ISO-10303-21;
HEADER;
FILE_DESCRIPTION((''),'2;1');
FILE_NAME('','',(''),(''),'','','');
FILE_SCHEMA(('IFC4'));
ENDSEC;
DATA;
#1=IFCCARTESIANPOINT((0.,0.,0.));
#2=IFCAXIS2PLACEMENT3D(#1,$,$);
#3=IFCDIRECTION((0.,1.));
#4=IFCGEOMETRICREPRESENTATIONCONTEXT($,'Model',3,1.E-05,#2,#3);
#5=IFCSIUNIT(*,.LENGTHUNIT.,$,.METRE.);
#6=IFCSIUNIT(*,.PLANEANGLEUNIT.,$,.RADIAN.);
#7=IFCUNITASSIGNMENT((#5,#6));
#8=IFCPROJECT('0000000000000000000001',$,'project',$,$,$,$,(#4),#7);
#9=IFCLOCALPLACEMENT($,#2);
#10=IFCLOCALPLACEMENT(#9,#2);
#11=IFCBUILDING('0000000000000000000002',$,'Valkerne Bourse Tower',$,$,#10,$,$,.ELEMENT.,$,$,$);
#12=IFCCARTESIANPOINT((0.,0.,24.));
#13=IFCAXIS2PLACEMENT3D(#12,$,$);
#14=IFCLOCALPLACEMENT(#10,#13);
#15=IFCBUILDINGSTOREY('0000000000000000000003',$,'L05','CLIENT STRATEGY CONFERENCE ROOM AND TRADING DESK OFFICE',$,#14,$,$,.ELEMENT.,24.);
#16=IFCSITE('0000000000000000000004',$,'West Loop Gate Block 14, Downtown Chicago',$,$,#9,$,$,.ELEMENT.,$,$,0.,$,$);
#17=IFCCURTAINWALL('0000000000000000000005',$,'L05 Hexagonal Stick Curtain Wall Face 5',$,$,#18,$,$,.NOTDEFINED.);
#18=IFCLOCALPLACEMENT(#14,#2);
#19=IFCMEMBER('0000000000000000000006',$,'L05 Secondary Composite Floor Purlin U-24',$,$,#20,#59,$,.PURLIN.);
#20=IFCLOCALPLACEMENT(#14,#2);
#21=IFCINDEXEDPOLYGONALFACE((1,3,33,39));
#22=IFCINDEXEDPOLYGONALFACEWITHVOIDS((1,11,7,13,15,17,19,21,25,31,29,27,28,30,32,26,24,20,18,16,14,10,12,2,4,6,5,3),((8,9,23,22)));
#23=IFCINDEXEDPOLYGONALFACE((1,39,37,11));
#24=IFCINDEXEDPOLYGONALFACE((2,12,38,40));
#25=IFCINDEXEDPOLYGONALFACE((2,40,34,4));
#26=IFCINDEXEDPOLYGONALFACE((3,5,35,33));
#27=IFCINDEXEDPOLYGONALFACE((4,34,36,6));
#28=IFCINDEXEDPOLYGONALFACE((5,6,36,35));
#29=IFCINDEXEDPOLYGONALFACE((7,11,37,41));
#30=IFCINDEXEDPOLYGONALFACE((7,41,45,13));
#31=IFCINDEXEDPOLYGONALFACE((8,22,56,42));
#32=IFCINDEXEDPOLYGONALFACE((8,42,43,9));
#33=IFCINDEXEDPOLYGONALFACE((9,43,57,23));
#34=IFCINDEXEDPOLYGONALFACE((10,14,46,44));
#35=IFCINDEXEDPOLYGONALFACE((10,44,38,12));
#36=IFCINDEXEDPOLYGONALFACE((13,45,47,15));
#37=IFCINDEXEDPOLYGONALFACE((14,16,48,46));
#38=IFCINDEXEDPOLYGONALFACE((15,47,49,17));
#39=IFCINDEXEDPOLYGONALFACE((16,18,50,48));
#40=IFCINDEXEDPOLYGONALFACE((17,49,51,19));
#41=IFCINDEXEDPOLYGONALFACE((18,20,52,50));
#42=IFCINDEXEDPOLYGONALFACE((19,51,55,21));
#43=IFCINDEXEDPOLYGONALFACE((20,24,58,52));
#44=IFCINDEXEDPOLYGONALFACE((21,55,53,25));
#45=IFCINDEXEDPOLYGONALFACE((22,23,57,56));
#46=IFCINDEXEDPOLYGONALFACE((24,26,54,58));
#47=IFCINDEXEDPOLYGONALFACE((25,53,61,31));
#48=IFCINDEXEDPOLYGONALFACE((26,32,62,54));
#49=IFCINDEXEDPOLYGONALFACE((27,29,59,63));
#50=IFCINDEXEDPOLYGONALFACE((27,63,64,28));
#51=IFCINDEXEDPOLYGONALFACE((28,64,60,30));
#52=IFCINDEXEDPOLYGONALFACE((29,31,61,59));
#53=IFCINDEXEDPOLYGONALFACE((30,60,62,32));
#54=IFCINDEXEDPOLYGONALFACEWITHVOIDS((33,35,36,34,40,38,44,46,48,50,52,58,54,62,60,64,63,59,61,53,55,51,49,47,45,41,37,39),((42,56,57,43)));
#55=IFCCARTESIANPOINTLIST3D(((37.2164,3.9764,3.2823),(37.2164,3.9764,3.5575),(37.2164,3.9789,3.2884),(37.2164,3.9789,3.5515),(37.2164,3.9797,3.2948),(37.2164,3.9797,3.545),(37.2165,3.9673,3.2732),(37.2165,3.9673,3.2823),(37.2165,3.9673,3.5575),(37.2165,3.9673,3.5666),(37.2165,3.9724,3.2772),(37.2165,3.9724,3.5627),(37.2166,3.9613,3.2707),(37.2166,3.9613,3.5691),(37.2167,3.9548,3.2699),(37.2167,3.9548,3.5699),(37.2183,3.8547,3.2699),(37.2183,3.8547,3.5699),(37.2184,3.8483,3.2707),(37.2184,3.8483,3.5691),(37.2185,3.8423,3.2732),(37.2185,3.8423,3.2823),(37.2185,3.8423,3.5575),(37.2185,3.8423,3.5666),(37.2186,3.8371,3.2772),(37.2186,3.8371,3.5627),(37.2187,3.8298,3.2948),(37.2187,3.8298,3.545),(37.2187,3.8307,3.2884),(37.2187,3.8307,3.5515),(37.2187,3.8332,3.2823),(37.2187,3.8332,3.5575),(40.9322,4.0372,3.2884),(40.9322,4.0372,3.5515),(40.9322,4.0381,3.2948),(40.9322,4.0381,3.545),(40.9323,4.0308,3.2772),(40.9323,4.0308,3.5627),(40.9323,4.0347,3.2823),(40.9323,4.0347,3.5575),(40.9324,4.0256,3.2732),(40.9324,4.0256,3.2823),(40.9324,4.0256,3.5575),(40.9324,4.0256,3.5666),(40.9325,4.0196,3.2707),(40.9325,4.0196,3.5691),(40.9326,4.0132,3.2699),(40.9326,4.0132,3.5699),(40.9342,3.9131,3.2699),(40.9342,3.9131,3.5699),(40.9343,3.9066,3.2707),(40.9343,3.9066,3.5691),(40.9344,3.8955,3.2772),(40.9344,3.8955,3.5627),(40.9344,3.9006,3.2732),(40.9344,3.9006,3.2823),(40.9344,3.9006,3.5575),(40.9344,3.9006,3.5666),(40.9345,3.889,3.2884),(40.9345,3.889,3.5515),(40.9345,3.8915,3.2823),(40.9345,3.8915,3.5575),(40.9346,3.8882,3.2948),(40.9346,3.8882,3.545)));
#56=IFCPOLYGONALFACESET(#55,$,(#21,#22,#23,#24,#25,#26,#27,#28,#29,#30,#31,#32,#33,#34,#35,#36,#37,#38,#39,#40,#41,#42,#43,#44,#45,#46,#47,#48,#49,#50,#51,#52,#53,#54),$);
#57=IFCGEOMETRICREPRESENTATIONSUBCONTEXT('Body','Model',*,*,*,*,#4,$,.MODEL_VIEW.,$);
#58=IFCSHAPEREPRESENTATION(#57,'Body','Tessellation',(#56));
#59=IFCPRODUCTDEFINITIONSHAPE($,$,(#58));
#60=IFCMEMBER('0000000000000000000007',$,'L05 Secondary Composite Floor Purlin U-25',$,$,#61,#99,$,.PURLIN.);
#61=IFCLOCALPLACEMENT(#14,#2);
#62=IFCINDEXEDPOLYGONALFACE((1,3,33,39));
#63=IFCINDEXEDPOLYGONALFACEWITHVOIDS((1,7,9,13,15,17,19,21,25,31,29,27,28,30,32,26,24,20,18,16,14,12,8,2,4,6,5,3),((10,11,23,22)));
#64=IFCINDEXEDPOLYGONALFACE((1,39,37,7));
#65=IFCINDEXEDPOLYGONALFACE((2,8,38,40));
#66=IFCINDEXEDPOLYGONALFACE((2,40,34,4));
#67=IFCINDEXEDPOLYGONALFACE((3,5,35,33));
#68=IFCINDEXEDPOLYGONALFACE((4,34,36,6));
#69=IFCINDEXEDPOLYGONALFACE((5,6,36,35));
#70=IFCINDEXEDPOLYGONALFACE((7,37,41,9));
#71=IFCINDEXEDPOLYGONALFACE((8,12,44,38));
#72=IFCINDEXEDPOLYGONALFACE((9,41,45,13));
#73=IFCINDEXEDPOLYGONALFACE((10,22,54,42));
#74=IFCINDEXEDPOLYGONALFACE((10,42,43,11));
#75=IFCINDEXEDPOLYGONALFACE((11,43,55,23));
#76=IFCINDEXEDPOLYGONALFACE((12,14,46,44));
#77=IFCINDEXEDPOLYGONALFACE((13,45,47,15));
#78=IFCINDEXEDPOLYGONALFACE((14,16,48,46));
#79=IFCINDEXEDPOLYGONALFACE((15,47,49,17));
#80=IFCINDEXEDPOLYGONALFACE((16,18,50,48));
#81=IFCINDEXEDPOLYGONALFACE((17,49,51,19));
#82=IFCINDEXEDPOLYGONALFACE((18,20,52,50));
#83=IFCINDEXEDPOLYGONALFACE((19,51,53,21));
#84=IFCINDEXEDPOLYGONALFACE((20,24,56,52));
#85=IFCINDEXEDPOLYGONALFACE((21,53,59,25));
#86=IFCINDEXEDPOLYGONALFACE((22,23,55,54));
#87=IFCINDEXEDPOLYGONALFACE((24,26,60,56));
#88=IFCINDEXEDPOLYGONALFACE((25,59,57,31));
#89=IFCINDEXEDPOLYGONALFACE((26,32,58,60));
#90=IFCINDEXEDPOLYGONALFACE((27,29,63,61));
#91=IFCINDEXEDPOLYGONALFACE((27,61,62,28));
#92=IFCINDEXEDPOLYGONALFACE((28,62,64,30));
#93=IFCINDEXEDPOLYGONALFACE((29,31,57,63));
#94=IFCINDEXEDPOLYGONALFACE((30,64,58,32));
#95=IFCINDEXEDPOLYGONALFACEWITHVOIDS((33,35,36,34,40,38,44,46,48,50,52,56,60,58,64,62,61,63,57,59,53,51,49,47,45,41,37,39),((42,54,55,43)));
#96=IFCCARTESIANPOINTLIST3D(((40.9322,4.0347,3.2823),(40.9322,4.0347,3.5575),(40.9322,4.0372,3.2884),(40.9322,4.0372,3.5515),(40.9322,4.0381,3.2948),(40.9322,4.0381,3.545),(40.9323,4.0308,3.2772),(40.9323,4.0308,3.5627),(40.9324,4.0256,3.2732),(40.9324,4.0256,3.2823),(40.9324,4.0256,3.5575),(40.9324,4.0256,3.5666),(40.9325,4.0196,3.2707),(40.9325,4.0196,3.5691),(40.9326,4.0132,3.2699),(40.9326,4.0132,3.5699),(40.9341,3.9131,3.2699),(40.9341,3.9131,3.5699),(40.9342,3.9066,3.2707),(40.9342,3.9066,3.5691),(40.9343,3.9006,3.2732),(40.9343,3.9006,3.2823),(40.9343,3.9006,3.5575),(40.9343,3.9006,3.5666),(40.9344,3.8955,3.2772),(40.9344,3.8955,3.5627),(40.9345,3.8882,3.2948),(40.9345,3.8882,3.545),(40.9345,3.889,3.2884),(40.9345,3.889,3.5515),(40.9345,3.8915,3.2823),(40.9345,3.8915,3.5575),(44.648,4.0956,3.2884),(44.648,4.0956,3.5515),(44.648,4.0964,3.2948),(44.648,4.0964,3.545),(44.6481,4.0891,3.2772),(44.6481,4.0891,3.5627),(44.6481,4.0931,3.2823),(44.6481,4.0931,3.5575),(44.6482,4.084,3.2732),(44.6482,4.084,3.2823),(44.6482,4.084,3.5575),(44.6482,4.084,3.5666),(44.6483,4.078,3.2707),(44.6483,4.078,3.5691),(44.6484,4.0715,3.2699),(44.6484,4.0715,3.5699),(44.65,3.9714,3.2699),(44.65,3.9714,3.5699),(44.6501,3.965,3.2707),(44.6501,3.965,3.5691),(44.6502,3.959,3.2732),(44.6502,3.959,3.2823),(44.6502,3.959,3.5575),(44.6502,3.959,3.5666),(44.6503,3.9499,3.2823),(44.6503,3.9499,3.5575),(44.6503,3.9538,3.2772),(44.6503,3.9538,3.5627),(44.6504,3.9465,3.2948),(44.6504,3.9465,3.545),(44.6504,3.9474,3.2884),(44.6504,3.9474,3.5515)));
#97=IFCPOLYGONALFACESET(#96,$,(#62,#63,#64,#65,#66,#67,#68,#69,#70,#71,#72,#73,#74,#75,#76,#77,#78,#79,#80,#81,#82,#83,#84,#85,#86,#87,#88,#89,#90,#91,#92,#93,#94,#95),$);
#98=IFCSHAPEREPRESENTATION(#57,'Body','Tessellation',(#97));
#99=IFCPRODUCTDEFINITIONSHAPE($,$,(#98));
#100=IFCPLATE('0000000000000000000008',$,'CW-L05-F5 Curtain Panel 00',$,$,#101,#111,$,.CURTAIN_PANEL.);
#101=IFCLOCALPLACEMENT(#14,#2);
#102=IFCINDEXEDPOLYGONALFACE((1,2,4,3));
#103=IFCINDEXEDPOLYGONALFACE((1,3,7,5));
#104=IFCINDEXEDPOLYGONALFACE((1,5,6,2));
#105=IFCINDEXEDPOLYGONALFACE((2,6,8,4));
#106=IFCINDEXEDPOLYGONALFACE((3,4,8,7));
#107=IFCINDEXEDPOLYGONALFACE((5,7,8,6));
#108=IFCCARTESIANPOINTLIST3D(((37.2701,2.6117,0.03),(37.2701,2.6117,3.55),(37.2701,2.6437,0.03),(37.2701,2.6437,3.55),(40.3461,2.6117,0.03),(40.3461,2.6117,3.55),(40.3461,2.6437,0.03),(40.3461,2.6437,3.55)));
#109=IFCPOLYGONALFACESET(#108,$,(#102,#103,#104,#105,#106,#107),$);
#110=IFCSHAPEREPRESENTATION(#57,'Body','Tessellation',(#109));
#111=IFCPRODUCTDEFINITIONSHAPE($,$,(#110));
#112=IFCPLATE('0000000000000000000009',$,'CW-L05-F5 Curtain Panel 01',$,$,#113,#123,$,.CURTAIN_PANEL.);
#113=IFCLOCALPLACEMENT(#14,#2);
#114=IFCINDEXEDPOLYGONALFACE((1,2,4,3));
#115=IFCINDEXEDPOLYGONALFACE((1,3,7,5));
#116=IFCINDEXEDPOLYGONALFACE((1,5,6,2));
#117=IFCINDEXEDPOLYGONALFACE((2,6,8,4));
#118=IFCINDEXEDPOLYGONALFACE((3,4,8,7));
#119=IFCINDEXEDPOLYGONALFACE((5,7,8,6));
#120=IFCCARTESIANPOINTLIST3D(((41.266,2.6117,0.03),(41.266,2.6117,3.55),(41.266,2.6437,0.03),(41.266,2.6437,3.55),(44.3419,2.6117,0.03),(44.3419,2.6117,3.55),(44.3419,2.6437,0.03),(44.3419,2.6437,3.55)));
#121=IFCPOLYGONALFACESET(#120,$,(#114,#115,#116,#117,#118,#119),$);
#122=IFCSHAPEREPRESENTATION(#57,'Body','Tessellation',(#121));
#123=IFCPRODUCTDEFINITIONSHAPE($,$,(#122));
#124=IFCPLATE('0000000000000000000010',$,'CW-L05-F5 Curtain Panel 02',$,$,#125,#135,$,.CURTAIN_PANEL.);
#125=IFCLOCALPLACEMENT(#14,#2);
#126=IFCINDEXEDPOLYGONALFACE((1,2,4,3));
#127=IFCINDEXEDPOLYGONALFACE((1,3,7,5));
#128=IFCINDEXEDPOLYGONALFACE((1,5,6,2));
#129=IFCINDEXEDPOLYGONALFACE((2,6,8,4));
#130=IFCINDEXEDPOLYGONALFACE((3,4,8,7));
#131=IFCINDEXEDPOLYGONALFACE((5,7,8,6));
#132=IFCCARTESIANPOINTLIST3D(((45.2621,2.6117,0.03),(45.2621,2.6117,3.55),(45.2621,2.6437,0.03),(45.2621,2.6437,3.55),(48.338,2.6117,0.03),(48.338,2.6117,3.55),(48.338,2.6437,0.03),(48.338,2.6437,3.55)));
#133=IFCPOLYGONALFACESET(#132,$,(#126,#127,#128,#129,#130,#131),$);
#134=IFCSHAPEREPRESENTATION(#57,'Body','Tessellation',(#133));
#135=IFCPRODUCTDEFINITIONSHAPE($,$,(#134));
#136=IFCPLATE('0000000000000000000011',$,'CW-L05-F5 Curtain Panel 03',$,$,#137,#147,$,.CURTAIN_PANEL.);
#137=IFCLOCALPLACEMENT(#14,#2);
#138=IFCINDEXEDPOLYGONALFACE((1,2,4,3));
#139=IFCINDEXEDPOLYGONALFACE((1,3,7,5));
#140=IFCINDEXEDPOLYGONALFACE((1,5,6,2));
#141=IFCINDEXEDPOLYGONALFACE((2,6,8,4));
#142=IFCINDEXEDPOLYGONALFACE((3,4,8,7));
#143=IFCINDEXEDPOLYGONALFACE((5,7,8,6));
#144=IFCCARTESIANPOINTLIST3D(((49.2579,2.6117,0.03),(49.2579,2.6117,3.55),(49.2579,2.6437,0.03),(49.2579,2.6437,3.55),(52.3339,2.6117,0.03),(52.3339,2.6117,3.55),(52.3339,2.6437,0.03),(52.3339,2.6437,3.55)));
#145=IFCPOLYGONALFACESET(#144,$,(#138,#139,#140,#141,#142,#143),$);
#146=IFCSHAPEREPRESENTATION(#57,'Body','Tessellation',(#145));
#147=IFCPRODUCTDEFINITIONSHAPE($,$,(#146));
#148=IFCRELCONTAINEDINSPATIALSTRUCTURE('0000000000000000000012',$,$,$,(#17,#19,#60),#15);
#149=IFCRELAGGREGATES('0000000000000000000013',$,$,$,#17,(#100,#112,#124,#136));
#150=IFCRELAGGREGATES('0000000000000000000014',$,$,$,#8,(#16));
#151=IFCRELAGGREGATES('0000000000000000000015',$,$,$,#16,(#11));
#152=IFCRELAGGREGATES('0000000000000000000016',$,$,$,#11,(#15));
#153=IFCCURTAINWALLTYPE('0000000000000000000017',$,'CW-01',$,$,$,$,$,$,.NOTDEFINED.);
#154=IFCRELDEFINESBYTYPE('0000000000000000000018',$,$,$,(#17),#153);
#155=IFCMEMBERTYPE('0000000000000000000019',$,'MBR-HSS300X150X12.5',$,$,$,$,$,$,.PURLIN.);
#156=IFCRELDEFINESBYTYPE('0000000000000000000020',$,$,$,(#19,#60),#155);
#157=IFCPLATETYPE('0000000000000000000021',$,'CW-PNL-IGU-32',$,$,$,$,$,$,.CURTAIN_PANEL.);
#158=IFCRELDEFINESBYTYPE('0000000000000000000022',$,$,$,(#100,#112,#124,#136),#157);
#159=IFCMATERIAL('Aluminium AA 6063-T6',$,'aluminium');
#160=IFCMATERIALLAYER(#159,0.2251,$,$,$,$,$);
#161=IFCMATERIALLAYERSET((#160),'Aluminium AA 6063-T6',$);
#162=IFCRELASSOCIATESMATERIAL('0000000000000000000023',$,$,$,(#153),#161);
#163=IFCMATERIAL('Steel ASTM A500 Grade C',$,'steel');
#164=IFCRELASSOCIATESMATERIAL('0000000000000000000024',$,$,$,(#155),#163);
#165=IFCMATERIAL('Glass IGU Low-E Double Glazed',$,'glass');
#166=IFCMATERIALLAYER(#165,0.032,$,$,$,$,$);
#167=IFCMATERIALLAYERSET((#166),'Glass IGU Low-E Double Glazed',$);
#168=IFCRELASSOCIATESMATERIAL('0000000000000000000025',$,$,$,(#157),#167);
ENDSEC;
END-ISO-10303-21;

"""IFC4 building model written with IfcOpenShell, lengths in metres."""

from ifc_helpers import new_model, si_unit, direction, frame, origin, origin_2d, place, context, subcontext, project, spatial, rectangle, hollow_rectangle, extrude, material, layer, layer_set, material_profile, profile_set, type_object, element, aggregate, save


model = new_model("IFC4")

# Units and contexts
model_context = context("Model", 3, precision=1e-05, world=origin(), true_north=direction((0.0, 1.0)))
body_context = subcontext(model_context, "Body", "Model", "MODEL_VIEW")
ifc_project = project(units=[si_unit("LENGTHUNIT", "METRE"), si_unit("PLANEANGLEUNIT", "RADIAN")], contexts=[model_context])

# Site, building, storey
site_placement = place(None, origin())
site = spatial("IfcSite", under=ifc_project, at=site_placement, Name="West Loop Gate Block 14, Downtown Chicago", CompositionType="ELEMENT", RefElevation=0.0)
building_placement = place(site_placement, origin())
building = spatial("IfcBuilding", under=site, at=building_placement, Name="Valkerne Bourse Tower", CompositionType="ELEMENT")
storey_placement = place(building_placement, frame((0.0, 0.0, 24.0)))
storey = spatial("IfcBuildingStorey", under=building, at=storey_placement, Name="L05", Description="CLIENT STRATEGY CONFERENCE ROOM AND TRADING DESK OFFICE", CompositionType="ELEMENT", Elevation=24.0)

# Curtain wall
ifc_material_1 = material(Name="Aluminium AA 6063-T6", Category="aluminium")
ifc_layer_1 = layer(ifc_material_1, 0.2251)
ifc_layer_set_1 = layer_set([ifc_layer_1], Name="Aluminium AA 6063-T6")
curtain_wall_type = type_object("IfcCurtainWallType", Name="CW-01", PredefinedType="NOTDEFINED", material=ifc_layer_set_1)
curtain_wall_placement = place(storey_placement, origin())
curtain_wall = element("IfcCurtainWall", 1, at=curtain_wall_placement, inside=storey, type_object=curtain_wall_type, Name="L05 Hexagonal Stick Curtain Wall Face 5", PredefinedType="NOTDEFINED")

# Members
ifc_material_2 = material(Name="Steel ASTM A500 Grade C", Category="steel")
ifc_material_profile_1 = material_profile(ifc_material_2, hollow_rectangle(XDim=0.1499, YDim=0.3, WallThickness=0.0125, OuterFilletRadius=0.0249, at=origin_2d()), Name="HSS300X150X12.5")
ifc_profile_set_1 = profile_set([ifc_material_profile_1], Name="Steel ASTM A500 Grade C")
member_type_1 = type_object("IfcMemberType", Name="MBR-HSS300X150X12.5", PredefinedType="PURLIN", material=ifc_profile_set_1)
for number, where, z_axis, x_axis, name in (
    (2, (37.2175, 3.9048, 3.4199), (0.999877, 0.015701, 0.0), (-0.015701, 0.999877, 0.0), "L05 Secondary Composite Floor Purlin U-24"),
    (3, (40.9333, 3.9631, 3.4199), (0.999877, 0.015701, 0.0), (-0.015701, 0.999877, 0.0), "L05 Secondary Composite Floor Purlin U-25"),
):
    element("IfcMember", number, at=place(storey_placement, frame(where, z_axis=z_axis, x_axis=x_axis)), inside=storey, type_object=member_type_1, Name=name, PredefinedType="PURLIN", context=body_context, shape_type="SweptSolid", body=[
        extrude(hollow_rectangle(XDim=0.1499, YDim=0.3, WallThickness=0.0125, OuterFilletRadius=0.0249, at=origin_2d()), origin(), (0.0, 0.0, 1.0), 3.7163),
    ])

# Plates
ifc_material_3 = material(Name="Glass IGU Low-E Double Glazed", Category="glass")
ifc_layer_2 = layer(ifc_material_3, 0.032)
ifc_layer_set_2 = layer_set([ifc_layer_2], Name="Glass IGU Low-E Double Glazed")
plate_type = type_object("IfcPlateType", Name="CW-PNL-IGU-32", PredefinedType="CURTAIN_PANEL", material=ifc_layer_set_2)
plate_1_placement = place(storey_placement, frame((38.8081, 2.6277, 0.03), z_axis=(0.0, 0.0, 1.0), x_axis=(1.0, 0.0, 0.0)))
plate_1 = element("IfcPlate", 4, at=plate_1_placement, type_object=plate_type, Name="CW-L05-F5 Curtain Panel 00", PredefinedType="CURTAIN_PANEL", context=body_context, shape_type="SweptSolid", body=[
    extrude(rectangle(XDim=3.0759, YDim=0.032, at=origin_2d()), origin(), (0.0, 0.0, 1.0), 3.52),
])
plate_2_placement = place(storey_placement, frame((42.804, 2.6277, 0.03), z_axis=(0.0, 0.0, 1.0), x_axis=(1.0, 0.0, 0.0)))
plate_2 = element("IfcPlate", 5, at=plate_2_placement, type_object=plate_type, Name="CW-L05-F5 Curtain Panel 01", PredefinedType="CURTAIN_PANEL", context=body_context, shape_type="SweptSolid", body=[
    extrude(rectangle(XDim=3.0759, YDim=0.032, at=origin_2d()), origin(), (0.0, 0.0, 1.0), 3.52),
])
plate_3_placement = place(storey_placement, frame((46.8, 2.6277, 0.03), z_axis=(0.0, 0.0, 1.0), x_axis=(1.0, 0.0, 0.0)))
plate_3 = element("IfcPlate", 6, at=plate_3_placement, type_object=plate_type, Name="CW-L05-F5 Curtain Panel 02", PredefinedType="CURTAIN_PANEL", context=body_context, shape_type="SweptSolid", body=[
    extrude(rectangle(XDim=3.0759, YDim=0.032, at=origin_2d()), origin(), (0.0, 0.0, 1.0), 3.52),
])
plate_4_placement = place(storey_placement, frame((50.7959, 2.6277, 0.03), z_axis=(0.0, 0.0, 1.0), x_axis=(1.0, 0.0, 0.0)))
plate_4 = element("IfcPlate", 7, at=plate_4_placement, type_object=plate_type, Name="CW-L05-F5 Curtain Panel 03", PredefinedType="CURTAIN_PANEL", context=body_context, shape_type="SweptSolid", body=[
    extrude(rectangle(XDim=3.0759, YDim=0.032, at=origin_2d()), origin(), (0.0, 0.0, 1.0), 3.52),
])
aggregate(curtain_wall, [plate_1, plate_2, plate_3, plate_4])

save(model, "model.ifc")
